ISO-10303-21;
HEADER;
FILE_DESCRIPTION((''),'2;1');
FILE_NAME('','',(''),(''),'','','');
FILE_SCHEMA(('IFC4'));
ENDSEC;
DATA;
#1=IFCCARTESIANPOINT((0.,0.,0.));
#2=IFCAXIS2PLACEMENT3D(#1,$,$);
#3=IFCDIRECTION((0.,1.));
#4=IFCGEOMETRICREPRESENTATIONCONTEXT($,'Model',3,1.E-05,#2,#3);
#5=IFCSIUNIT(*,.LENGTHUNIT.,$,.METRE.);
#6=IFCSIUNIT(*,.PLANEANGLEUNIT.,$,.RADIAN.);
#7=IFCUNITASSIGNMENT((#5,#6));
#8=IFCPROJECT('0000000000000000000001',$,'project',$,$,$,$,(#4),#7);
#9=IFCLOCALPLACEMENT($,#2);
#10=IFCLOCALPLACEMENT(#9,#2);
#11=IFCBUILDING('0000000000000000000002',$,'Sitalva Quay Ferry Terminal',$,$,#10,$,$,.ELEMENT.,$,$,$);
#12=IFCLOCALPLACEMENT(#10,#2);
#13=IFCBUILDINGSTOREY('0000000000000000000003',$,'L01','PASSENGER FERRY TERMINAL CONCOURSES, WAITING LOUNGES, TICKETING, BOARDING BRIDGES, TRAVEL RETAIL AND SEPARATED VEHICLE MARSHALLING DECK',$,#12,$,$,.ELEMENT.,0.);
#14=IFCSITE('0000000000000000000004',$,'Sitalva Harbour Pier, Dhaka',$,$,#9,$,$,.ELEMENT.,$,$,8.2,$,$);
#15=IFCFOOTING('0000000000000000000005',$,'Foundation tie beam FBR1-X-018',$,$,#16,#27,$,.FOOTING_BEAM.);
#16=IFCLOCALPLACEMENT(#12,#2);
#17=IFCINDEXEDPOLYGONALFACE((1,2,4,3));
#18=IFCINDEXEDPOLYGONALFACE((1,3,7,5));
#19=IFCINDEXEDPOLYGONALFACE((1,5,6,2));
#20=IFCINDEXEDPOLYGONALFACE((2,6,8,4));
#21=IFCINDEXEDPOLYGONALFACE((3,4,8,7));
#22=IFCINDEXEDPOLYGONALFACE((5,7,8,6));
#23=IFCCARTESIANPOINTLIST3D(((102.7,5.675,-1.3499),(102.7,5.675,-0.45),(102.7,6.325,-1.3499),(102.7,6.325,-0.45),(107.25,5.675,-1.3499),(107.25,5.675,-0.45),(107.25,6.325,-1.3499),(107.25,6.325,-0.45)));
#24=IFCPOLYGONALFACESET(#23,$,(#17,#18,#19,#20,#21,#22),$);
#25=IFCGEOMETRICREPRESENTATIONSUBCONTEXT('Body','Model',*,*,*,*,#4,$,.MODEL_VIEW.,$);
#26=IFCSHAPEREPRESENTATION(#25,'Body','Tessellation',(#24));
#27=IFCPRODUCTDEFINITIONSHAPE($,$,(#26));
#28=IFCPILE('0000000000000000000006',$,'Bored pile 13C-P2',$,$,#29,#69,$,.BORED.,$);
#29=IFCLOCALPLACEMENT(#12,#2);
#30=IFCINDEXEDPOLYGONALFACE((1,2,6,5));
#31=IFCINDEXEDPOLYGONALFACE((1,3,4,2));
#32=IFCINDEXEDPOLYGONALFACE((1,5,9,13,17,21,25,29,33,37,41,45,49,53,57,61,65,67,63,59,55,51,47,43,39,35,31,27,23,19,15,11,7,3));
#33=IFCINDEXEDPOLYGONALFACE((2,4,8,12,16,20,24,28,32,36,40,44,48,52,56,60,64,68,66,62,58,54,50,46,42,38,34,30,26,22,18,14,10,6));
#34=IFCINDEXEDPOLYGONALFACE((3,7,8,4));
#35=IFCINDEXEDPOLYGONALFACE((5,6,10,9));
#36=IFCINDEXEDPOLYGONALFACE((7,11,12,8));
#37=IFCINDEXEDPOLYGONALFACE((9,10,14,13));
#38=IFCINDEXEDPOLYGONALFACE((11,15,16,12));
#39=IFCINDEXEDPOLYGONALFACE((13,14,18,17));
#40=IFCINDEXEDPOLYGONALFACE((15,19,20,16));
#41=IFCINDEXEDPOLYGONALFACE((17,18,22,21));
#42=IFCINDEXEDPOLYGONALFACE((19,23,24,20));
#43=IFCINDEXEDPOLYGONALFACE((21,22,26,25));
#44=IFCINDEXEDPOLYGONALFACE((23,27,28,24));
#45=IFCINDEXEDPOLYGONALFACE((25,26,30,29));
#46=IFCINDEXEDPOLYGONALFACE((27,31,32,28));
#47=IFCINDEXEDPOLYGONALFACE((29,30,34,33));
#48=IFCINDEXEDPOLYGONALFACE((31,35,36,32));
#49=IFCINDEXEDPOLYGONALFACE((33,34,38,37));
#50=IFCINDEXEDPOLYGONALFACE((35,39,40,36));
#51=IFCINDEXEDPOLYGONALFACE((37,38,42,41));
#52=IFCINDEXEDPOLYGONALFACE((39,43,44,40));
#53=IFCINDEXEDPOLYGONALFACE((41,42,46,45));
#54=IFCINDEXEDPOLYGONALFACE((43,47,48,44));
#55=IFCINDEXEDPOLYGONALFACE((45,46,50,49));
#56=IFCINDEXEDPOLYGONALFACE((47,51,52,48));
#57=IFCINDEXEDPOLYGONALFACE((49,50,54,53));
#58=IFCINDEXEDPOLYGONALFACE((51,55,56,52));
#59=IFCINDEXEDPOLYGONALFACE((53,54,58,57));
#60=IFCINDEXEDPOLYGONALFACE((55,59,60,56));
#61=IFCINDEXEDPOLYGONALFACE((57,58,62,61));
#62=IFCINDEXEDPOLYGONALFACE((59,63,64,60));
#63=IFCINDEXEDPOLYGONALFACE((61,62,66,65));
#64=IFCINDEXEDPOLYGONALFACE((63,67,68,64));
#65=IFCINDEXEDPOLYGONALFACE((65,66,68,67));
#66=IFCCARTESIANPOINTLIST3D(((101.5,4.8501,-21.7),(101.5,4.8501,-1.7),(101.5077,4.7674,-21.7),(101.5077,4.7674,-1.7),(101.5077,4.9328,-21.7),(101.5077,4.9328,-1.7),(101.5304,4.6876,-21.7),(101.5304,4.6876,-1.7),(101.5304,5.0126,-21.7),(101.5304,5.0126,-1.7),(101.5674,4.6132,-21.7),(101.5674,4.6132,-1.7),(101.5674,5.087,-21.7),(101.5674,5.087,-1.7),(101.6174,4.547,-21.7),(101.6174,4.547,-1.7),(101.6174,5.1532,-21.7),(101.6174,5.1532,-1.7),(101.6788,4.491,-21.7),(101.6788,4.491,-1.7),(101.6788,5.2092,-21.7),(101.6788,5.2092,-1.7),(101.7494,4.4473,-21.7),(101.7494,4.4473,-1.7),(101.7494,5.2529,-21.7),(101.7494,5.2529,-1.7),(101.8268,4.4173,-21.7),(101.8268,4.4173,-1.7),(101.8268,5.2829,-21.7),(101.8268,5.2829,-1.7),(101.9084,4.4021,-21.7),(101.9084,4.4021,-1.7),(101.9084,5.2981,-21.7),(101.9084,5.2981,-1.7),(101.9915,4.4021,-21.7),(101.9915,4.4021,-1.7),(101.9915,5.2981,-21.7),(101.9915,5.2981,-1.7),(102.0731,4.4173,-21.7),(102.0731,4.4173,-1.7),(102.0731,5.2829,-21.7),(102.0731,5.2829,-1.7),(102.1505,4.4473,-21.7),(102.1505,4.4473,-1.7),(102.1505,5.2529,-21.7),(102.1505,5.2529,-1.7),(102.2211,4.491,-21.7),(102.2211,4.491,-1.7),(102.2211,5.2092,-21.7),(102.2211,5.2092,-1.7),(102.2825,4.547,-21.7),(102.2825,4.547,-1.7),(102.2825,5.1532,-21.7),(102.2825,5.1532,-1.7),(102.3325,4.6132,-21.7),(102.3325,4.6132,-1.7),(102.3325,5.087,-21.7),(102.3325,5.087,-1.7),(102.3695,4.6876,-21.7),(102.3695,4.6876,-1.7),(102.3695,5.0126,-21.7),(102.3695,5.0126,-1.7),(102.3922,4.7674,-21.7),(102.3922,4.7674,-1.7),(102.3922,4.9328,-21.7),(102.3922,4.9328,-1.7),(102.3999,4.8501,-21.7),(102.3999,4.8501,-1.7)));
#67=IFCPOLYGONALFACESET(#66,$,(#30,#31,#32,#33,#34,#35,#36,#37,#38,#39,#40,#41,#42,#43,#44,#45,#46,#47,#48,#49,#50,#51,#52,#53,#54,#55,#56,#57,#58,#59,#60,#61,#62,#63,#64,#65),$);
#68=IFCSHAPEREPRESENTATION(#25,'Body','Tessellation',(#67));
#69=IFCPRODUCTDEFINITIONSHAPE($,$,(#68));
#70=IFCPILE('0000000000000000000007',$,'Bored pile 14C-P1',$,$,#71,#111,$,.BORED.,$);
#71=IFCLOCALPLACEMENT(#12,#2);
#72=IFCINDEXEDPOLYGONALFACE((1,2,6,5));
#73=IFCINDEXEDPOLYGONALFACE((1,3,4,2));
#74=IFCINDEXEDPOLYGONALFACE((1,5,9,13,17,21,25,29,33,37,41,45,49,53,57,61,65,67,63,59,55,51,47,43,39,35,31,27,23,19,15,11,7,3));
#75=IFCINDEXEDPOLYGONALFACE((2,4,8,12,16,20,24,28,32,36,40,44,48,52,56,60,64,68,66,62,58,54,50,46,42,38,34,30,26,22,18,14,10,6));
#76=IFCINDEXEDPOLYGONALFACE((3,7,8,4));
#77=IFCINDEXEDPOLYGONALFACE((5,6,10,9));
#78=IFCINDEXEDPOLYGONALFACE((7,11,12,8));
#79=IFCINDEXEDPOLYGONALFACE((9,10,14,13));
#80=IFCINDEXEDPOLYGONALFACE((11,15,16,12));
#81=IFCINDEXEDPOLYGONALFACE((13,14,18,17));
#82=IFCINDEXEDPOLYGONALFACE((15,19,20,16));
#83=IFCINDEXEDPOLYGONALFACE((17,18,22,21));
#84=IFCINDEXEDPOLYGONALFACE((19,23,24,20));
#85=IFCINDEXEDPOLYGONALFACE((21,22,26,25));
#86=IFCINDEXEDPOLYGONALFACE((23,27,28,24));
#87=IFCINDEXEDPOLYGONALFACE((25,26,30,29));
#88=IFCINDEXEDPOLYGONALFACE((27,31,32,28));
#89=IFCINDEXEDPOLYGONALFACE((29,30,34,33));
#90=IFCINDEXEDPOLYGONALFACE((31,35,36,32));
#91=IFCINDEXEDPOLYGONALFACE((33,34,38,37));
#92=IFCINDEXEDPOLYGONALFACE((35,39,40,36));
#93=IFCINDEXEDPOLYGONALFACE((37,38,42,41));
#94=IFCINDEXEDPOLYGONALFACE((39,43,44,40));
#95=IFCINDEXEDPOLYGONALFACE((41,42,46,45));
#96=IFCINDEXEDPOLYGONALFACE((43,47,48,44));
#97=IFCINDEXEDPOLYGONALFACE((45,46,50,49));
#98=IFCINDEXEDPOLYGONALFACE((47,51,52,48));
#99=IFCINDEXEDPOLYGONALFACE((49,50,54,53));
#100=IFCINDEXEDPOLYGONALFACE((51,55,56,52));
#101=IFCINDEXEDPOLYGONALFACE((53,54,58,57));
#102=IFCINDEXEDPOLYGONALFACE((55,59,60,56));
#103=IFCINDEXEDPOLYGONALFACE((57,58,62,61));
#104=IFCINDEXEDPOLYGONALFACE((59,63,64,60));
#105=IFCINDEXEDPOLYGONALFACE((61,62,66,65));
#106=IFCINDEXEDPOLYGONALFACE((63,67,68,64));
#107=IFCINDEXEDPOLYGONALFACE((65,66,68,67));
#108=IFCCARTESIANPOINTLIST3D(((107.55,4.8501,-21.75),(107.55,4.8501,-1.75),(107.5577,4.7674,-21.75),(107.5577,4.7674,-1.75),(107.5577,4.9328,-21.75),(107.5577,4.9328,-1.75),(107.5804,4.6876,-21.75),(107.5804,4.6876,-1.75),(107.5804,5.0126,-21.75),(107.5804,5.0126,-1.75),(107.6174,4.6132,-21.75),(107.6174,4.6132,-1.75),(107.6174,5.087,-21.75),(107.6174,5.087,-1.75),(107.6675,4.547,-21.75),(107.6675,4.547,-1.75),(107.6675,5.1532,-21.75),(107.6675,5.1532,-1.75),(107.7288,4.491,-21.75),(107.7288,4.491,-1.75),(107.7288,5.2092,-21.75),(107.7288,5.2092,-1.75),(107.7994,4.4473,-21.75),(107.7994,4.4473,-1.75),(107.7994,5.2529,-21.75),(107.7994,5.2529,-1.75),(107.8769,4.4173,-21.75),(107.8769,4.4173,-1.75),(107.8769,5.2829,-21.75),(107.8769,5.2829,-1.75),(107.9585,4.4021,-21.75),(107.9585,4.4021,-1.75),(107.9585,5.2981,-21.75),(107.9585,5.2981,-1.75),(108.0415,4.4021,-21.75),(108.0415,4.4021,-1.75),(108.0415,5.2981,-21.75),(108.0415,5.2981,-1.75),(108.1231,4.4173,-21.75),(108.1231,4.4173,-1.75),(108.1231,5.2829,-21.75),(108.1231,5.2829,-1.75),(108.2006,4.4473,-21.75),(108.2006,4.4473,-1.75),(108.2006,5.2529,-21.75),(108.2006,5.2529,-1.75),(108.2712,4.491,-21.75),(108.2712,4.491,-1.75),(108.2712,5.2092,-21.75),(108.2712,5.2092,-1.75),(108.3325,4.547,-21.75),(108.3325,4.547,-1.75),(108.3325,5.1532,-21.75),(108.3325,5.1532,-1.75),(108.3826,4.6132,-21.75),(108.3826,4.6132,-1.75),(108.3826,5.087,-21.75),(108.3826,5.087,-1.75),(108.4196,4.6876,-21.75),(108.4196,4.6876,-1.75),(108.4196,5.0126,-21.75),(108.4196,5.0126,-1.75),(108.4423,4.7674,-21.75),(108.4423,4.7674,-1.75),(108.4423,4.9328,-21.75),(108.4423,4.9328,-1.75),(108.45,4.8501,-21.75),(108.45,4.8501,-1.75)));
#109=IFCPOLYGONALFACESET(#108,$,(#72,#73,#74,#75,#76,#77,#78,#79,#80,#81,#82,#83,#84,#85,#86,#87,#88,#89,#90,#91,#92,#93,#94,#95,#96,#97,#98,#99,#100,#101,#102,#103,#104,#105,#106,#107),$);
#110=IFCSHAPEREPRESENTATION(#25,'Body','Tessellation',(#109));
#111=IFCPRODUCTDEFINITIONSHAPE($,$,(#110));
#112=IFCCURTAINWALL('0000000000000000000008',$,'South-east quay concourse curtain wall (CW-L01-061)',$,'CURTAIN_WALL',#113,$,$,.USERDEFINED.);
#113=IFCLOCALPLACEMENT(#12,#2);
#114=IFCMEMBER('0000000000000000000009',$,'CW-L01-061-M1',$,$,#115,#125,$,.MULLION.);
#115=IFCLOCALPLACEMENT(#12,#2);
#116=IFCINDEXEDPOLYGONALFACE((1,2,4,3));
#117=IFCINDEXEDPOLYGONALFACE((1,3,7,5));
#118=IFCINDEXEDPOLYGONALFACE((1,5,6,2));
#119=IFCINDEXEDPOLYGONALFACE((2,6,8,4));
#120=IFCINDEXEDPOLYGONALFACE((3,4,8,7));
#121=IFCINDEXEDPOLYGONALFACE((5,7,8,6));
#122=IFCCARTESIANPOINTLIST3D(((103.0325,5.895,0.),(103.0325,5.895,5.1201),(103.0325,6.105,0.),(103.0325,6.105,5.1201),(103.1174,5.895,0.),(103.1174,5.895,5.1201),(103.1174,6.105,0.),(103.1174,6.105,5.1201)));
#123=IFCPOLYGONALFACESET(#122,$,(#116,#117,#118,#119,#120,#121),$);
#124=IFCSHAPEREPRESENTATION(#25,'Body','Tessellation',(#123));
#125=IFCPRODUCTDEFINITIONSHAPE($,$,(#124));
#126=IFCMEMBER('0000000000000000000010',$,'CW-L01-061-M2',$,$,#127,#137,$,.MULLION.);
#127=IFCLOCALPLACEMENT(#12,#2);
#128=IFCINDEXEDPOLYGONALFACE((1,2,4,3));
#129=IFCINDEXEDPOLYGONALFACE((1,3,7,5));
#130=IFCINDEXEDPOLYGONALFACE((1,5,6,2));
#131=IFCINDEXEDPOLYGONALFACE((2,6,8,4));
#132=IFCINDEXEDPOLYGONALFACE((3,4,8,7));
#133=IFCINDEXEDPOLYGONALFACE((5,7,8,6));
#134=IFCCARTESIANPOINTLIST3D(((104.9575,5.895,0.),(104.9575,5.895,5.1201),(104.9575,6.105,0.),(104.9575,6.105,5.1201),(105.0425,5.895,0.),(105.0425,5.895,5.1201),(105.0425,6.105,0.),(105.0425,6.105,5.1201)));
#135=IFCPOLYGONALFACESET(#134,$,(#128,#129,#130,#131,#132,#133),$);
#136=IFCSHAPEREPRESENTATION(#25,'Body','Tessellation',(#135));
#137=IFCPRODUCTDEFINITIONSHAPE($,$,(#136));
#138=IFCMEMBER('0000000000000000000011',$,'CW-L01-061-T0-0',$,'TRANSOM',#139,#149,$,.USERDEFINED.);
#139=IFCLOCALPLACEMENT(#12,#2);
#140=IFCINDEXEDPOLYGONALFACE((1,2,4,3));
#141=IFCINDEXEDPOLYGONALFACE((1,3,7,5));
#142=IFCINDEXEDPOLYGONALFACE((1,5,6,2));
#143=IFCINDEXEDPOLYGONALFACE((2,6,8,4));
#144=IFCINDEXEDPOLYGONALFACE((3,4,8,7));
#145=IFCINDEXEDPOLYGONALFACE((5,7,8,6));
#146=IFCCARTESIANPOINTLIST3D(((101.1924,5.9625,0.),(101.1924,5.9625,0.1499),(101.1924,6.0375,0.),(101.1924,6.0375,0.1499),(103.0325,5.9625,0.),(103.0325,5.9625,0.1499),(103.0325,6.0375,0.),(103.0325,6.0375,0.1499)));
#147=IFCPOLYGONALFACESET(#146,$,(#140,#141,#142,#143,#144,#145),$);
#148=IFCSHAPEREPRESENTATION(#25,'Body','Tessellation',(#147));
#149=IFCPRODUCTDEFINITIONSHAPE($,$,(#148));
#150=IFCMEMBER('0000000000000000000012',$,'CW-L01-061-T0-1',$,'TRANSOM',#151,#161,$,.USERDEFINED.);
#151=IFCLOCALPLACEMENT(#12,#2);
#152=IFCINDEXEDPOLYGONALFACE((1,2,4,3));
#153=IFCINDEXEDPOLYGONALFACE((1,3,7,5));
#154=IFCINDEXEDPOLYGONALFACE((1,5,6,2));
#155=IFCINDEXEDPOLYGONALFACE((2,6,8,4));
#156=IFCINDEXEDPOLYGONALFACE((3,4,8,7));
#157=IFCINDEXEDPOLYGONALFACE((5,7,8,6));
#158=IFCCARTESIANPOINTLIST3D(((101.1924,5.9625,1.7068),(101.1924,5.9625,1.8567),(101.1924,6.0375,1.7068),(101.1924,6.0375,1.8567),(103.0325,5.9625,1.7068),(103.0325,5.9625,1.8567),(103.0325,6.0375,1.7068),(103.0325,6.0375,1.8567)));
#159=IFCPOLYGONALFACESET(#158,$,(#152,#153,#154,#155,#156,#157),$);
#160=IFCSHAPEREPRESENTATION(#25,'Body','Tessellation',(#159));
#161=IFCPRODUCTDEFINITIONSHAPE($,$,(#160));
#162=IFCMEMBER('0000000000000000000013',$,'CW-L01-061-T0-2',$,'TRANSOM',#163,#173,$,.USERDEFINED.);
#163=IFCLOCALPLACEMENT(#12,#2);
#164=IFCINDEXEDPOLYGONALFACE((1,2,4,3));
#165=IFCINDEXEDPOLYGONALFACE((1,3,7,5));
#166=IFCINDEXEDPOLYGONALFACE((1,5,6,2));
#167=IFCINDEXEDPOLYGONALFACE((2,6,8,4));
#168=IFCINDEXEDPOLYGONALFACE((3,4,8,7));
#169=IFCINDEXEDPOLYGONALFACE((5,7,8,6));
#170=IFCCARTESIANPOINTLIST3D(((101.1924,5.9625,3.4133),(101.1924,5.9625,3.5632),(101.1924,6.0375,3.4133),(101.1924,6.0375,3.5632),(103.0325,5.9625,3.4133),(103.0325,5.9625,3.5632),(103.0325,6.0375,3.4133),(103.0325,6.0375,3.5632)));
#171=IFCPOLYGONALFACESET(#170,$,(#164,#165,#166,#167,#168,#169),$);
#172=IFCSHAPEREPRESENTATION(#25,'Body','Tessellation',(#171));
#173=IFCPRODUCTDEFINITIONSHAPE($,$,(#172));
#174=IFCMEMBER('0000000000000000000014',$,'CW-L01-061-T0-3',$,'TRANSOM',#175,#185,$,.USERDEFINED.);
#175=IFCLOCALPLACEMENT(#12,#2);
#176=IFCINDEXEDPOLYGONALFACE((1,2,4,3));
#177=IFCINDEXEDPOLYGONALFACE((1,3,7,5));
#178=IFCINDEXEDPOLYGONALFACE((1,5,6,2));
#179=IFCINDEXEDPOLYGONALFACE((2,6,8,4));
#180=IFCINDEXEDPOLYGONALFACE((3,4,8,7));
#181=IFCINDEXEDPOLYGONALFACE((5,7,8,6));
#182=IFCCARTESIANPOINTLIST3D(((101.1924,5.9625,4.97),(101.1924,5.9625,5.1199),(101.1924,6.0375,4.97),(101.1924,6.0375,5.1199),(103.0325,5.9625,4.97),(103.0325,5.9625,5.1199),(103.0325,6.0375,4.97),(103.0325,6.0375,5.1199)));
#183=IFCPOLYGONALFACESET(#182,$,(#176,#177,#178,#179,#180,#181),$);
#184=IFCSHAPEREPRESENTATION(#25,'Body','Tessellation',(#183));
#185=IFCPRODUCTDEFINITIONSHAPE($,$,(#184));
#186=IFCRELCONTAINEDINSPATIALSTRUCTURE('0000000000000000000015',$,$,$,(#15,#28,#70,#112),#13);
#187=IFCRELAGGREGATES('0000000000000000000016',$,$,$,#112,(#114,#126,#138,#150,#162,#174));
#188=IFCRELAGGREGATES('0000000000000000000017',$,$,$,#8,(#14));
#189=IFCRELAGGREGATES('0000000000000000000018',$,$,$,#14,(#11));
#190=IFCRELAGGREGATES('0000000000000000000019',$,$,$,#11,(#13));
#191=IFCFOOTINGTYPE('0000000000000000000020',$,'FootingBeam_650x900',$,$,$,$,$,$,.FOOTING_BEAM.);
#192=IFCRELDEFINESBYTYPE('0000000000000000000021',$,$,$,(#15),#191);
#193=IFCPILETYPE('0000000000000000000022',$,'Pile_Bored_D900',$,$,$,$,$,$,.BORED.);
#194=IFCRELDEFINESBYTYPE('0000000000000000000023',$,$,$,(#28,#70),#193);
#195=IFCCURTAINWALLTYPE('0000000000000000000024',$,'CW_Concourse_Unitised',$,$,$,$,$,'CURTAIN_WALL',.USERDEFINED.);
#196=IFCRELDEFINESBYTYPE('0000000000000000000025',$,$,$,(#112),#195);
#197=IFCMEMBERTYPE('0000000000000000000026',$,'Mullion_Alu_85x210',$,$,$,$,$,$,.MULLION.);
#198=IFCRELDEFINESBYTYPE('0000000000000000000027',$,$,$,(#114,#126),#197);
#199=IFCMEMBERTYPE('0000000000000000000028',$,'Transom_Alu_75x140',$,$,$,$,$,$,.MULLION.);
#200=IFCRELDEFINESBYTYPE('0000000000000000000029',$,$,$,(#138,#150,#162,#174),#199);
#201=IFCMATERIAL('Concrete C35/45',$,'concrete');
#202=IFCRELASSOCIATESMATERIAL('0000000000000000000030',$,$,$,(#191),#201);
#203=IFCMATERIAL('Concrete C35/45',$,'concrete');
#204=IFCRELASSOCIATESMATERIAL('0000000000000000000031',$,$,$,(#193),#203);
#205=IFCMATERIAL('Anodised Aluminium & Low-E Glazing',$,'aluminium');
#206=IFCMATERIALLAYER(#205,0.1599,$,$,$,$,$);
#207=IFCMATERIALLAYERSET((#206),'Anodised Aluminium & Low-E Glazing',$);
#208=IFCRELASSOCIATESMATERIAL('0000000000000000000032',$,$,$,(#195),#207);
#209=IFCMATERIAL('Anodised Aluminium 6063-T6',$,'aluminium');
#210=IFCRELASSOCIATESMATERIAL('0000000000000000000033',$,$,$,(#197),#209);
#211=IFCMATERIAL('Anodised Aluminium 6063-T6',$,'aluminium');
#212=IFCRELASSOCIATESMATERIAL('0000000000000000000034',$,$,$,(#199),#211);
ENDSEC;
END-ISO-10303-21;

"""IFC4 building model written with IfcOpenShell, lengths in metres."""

from ifc_helpers import new_model, si_unit, direction, frame, origin, origin_2d, place, context, subcontext, project, spatial, rectangle, circle, extrude, material, layer, layer_set, material_profile, profile_set, type_object, element, aggregate, save


model = new_model("IFC4")

# Units and contexts
model_context = context("Model", 3, precision=1e-05, world=origin(), true_north=direction((0.0, 1.0)))
body_context = subcontext(model_context, "Body", "Model", "MODEL_VIEW")
ifc_project = project(units=[si_unit("LENGTHUNIT", "METRE"), si_unit("PLANEANGLEUNIT", "RADIAN")], contexts=[model_context])

# Site, building, storey
site_placement = place(None, origin())
site = spatial("IfcSite", under=ifc_project, at=site_placement, Name="Sitalva Harbour Pier, Dhaka", CompositionType="ELEMENT", RefElevation=8.2)
building_placement = place(site_placement, origin())
building = spatial("IfcBuilding", under=site, at=building_placement, Name="Sitalva Quay Ferry Terminal", CompositionType="ELEMENT")
storey_placement = place(building_placement, origin())
storey = spatial("IfcBuildingStorey", under=building, at=storey_placement, Name="L01", Description="PASSENGER FERRY TERMINAL CONCOURSES, WAITING LOUNGES, TICKETING, BOARDING BRIDGES, TRAVEL RETAIL AND SEPARATED VEHICLE MARSHALLING DECK", CompositionType="ELEMENT", Elevation=0.0)

# Footing
ifc_material_1 = material(Name="Concrete C35/45", Category="concrete")
ifc_material_profile_1 = material_profile(ifc_material_1, rectangle(XDim=0.6499, YDim=0.8999, at=origin_2d()), Name="RC650x900")
ifc_profile_set_1 = profile_set([ifc_material_profile_1], Name="Concrete C35/45")
footing_type = type_object("IfcFootingType", Name="FootingBeam_650x900", PredefinedType="FOOTING_BEAM", material=ifc_profile_set_1)
footing_placement = place(storey_placement, frame((102.7, 6.0, -0.8999), z_axis=(1.0, 0.0, 0.0), x_axis=(0.0, 1.0, 0.0)))
element("IfcFooting", 1, at=footing_placement, inside=storey, type_object=footing_type, Name="Foundation tie beam FBR1-X-018", PredefinedType="FOOTING_BEAM", context=body_context, shape_type="SweptSolid", body=[
    extrude(rectangle(XDim=0.6499, YDim=0.8999, at=origin_2d()), origin(), (0.0, 0.0, 1.0), 4.55),
])

# Piles
ifc_material_2 = material(Name="Concrete C35/45", Category="concrete")
ifc_material_profile_2 = material_profile(ifc_material_2, circle(Radius=0.45, at=origin_2d()), Name="PILE-D900")
ifc_profile_set_2 = profile_set([ifc_material_profile_2], Name="Concrete C35/45")
pile_type = type_object("IfcPileType", Name="Pile_Bored_D900", PredefinedType="BORED", material=ifc_profile_set_2)
for number, where, z_axis, x_axis, name in (
    (2, (101.95, 4.8501, -1.7), (0.0, 0.0, -1.0), (1.0, 0.0, 0.0), "Bored pile 13C-P2"),
    (3, (108.0, 4.8501, -1.75), (0.0, 0.0, -1.0), (1.0, 0.0, 0.0), "Bored pile 14C-P1"),
):
    element("IfcPile", number, at=place(storey_placement, frame(where, z_axis=z_axis, x_axis=x_axis)), inside=storey, type_object=pile_type, Name=name, PredefinedType="BORED", context=body_context, shape_type="SweptSolid", body=[
        extrude(circle(Radius=0.45, at=origin_2d()), origin(), (0.0, 0.0, 1.0), 20.0),
    ])

# Curtain wall, members
ifc_material_3 = material(Name="Anodised Aluminium & Low-E Glazing", Category="aluminium")
ifc_layer_1 = layer(ifc_material_3, 0.1599)
ifc_layer_set_1 = layer_set([ifc_layer_1], Name="Anodised Aluminium & Low-E Glazing")
curtain_wall_type = type_object("IfcCurtainWallType", Name="CW_Concourse_Unitised", ElementType="CURTAIN_WALL", PredefinedType="USERDEFINED", material=ifc_layer_set_1)
curtain_wall_placement = place(storey_placement, origin())
curtain_wall = element("IfcCurtainWall", 4, at=curtain_wall_placement, inside=storey, type_object=curtain_wall_type, Name="South-east quay concourse curtain wall (CW-L01-061)", ObjectType="CURTAIN_WALL", PredefinedType="USERDEFINED")
ifc_material_4 = material(Name="Anodised Aluminium 6063-T6", Category="aluminium")
ifc_material_profile_3 = material_profile(ifc_material_4, rectangle(XDim=0.085, YDim=0.21, at=origin_2d()), Name="ALU85x210")
ifc_profile_set_3 = profile_set([ifc_material_profile_3], Name="Anodised Aluminium 6063-T6")
member_type_1 = type_object("IfcMemberType", Name="Mullion_Alu_85x210", PredefinedType="MULLION", material=ifc_profile_set_3)
member_1_placement = place(storey_placement, frame((103.075, 6.0, 0.0), z_axis=(0.0, 0.0, 1.0), x_axis=(1.0, 0.0, 0.0)))
member_1 = element("IfcMember", 5, at=member_1_placement, type_object=member_type_1, Name="CW-L01-061-M1", PredefinedType="MULLION", context=body_context, shape_type="SweptSolid", body=[
    extrude(rectangle(XDim=0.085, YDim=0.21, at=origin_2d()), origin(), (0.0, 0.0, 1.0), 5.1201),
])
member_2_placement = place(storey_placement, frame((105.0, 6.0, 0.0), z_axis=(0.0, 0.0, 1.0), x_axis=(1.0, 0.0, 0.0)))
member_2 = element("IfcMember", 6, at=member_2_placement, type_object=member_type_1, Name="CW-L01-061-M2", PredefinedType="MULLION", context=body_context, shape_type="SweptSolid", body=[
    extrude(rectangle(XDim=0.085, YDim=0.21, at=origin_2d()), origin(), (0.0, 0.0, 1.0), 5.1201),
])
ifc_material_5 = material(Name="Anodised Aluminium 6063-T6", Category="aluminium")
ifc_material_profile_4 = material_profile(ifc_material_5, rectangle(XDim=0.075, YDim=0.1499, at=origin_2d()), Name="ALU75x150")
ifc_profile_set_4 = profile_set([ifc_material_profile_4], Name="Anodised Aluminium 6063-T6")
member_type_2 = type_object("IfcMemberType", Name="Transom_Alu_75x140", PredefinedType="MULLION", material=ifc_profile_set_4)
member_3_placement = place(storey_placement, frame((101.1924, 6.0, 0.075), z_axis=(1.0, 0.0, 0.0), x_axis=(0.0, 1.0, 0.0)))
member_3 = element("IfcMember", 7, at=member_3_placement, type_object=member_type_2, Name="CW-L01-061-T0-0", ObjectType="TRANSOM", PredefinedType="USERDEFINED", context=body_context, shape_type="SweptSolid", body=[
    extrude(rectangle(XDim=0.075, YDim=0.1499, at=origin_2d()), origin(), (0.0, 0.0, 1.0), 1.8401),
])
member_4_placement = place(storey_placement, frame((101.1924, 6.0, 1.7817), z_axis=(1.0, 0.0, 0.0), x_axis=(0.0, 1.0, 0.0)))
member_4 = element("IfcMember", 8, at=member_4_placement, type_object=member_type_2, Name="CW-L01-061-T0-1", ObjectType="TRANSOM", PredefinedType="USERDEFINED", context=body_context, shape_type="SweptSolid", body=[
    extrude(rectangle(XDim=0.075, YDim=0.1499, at=origin_2d()), origin(), (0.0, 0.0, 1.0), 1.8401),
])
member_5_placement = place(storey_placement, frame((101.1924, 6.0, 3.4883), z_axis=(1.0, 0.0, 0.0), x_axis=(0.0, 1.0, 0.0)))
member_5 = element("IfcMember", 9, at=member_5_placement, type_object=member_type_2, Name="CW-L01-061-T0-2", ObjectType="TRANSOM", PredefinedType="USERDEFINED", context=body_context, shape_type="SweptSolid", body=[
    extrude(rectangle(XDim=0.075, YDim=0.1499, at=origin_2d()), origin(), (0.0, 0.0, 1.0), 1.8401),
])
member_6_placement = place(storey_placement, frame((101.1924, 6.0, 5.0449), z_axis=(1.0, 0.0, 0.0), x_axis=(0.0, 1.0, 0.0)))
member_6 = element("IfcMember", 10, at=member_6_placement, type_object=member_type_2, Name="CW-L01-061-T0-3", ObjectType="TRANSOM", PredefinedType="USERDEFINED", context=body_context, shape_type="SweptSolid", body=[
    extrude(rectangle(XDim=0.075, YDim=0.1499, at=origin_2d()), origin(), (0.0, 0.0, 1.0), 1.8401),
])
aggregate(curtain_wall, [member_1, member_2, member_3, member_4, member_5, member_6])

save(model, "model.ifc")
